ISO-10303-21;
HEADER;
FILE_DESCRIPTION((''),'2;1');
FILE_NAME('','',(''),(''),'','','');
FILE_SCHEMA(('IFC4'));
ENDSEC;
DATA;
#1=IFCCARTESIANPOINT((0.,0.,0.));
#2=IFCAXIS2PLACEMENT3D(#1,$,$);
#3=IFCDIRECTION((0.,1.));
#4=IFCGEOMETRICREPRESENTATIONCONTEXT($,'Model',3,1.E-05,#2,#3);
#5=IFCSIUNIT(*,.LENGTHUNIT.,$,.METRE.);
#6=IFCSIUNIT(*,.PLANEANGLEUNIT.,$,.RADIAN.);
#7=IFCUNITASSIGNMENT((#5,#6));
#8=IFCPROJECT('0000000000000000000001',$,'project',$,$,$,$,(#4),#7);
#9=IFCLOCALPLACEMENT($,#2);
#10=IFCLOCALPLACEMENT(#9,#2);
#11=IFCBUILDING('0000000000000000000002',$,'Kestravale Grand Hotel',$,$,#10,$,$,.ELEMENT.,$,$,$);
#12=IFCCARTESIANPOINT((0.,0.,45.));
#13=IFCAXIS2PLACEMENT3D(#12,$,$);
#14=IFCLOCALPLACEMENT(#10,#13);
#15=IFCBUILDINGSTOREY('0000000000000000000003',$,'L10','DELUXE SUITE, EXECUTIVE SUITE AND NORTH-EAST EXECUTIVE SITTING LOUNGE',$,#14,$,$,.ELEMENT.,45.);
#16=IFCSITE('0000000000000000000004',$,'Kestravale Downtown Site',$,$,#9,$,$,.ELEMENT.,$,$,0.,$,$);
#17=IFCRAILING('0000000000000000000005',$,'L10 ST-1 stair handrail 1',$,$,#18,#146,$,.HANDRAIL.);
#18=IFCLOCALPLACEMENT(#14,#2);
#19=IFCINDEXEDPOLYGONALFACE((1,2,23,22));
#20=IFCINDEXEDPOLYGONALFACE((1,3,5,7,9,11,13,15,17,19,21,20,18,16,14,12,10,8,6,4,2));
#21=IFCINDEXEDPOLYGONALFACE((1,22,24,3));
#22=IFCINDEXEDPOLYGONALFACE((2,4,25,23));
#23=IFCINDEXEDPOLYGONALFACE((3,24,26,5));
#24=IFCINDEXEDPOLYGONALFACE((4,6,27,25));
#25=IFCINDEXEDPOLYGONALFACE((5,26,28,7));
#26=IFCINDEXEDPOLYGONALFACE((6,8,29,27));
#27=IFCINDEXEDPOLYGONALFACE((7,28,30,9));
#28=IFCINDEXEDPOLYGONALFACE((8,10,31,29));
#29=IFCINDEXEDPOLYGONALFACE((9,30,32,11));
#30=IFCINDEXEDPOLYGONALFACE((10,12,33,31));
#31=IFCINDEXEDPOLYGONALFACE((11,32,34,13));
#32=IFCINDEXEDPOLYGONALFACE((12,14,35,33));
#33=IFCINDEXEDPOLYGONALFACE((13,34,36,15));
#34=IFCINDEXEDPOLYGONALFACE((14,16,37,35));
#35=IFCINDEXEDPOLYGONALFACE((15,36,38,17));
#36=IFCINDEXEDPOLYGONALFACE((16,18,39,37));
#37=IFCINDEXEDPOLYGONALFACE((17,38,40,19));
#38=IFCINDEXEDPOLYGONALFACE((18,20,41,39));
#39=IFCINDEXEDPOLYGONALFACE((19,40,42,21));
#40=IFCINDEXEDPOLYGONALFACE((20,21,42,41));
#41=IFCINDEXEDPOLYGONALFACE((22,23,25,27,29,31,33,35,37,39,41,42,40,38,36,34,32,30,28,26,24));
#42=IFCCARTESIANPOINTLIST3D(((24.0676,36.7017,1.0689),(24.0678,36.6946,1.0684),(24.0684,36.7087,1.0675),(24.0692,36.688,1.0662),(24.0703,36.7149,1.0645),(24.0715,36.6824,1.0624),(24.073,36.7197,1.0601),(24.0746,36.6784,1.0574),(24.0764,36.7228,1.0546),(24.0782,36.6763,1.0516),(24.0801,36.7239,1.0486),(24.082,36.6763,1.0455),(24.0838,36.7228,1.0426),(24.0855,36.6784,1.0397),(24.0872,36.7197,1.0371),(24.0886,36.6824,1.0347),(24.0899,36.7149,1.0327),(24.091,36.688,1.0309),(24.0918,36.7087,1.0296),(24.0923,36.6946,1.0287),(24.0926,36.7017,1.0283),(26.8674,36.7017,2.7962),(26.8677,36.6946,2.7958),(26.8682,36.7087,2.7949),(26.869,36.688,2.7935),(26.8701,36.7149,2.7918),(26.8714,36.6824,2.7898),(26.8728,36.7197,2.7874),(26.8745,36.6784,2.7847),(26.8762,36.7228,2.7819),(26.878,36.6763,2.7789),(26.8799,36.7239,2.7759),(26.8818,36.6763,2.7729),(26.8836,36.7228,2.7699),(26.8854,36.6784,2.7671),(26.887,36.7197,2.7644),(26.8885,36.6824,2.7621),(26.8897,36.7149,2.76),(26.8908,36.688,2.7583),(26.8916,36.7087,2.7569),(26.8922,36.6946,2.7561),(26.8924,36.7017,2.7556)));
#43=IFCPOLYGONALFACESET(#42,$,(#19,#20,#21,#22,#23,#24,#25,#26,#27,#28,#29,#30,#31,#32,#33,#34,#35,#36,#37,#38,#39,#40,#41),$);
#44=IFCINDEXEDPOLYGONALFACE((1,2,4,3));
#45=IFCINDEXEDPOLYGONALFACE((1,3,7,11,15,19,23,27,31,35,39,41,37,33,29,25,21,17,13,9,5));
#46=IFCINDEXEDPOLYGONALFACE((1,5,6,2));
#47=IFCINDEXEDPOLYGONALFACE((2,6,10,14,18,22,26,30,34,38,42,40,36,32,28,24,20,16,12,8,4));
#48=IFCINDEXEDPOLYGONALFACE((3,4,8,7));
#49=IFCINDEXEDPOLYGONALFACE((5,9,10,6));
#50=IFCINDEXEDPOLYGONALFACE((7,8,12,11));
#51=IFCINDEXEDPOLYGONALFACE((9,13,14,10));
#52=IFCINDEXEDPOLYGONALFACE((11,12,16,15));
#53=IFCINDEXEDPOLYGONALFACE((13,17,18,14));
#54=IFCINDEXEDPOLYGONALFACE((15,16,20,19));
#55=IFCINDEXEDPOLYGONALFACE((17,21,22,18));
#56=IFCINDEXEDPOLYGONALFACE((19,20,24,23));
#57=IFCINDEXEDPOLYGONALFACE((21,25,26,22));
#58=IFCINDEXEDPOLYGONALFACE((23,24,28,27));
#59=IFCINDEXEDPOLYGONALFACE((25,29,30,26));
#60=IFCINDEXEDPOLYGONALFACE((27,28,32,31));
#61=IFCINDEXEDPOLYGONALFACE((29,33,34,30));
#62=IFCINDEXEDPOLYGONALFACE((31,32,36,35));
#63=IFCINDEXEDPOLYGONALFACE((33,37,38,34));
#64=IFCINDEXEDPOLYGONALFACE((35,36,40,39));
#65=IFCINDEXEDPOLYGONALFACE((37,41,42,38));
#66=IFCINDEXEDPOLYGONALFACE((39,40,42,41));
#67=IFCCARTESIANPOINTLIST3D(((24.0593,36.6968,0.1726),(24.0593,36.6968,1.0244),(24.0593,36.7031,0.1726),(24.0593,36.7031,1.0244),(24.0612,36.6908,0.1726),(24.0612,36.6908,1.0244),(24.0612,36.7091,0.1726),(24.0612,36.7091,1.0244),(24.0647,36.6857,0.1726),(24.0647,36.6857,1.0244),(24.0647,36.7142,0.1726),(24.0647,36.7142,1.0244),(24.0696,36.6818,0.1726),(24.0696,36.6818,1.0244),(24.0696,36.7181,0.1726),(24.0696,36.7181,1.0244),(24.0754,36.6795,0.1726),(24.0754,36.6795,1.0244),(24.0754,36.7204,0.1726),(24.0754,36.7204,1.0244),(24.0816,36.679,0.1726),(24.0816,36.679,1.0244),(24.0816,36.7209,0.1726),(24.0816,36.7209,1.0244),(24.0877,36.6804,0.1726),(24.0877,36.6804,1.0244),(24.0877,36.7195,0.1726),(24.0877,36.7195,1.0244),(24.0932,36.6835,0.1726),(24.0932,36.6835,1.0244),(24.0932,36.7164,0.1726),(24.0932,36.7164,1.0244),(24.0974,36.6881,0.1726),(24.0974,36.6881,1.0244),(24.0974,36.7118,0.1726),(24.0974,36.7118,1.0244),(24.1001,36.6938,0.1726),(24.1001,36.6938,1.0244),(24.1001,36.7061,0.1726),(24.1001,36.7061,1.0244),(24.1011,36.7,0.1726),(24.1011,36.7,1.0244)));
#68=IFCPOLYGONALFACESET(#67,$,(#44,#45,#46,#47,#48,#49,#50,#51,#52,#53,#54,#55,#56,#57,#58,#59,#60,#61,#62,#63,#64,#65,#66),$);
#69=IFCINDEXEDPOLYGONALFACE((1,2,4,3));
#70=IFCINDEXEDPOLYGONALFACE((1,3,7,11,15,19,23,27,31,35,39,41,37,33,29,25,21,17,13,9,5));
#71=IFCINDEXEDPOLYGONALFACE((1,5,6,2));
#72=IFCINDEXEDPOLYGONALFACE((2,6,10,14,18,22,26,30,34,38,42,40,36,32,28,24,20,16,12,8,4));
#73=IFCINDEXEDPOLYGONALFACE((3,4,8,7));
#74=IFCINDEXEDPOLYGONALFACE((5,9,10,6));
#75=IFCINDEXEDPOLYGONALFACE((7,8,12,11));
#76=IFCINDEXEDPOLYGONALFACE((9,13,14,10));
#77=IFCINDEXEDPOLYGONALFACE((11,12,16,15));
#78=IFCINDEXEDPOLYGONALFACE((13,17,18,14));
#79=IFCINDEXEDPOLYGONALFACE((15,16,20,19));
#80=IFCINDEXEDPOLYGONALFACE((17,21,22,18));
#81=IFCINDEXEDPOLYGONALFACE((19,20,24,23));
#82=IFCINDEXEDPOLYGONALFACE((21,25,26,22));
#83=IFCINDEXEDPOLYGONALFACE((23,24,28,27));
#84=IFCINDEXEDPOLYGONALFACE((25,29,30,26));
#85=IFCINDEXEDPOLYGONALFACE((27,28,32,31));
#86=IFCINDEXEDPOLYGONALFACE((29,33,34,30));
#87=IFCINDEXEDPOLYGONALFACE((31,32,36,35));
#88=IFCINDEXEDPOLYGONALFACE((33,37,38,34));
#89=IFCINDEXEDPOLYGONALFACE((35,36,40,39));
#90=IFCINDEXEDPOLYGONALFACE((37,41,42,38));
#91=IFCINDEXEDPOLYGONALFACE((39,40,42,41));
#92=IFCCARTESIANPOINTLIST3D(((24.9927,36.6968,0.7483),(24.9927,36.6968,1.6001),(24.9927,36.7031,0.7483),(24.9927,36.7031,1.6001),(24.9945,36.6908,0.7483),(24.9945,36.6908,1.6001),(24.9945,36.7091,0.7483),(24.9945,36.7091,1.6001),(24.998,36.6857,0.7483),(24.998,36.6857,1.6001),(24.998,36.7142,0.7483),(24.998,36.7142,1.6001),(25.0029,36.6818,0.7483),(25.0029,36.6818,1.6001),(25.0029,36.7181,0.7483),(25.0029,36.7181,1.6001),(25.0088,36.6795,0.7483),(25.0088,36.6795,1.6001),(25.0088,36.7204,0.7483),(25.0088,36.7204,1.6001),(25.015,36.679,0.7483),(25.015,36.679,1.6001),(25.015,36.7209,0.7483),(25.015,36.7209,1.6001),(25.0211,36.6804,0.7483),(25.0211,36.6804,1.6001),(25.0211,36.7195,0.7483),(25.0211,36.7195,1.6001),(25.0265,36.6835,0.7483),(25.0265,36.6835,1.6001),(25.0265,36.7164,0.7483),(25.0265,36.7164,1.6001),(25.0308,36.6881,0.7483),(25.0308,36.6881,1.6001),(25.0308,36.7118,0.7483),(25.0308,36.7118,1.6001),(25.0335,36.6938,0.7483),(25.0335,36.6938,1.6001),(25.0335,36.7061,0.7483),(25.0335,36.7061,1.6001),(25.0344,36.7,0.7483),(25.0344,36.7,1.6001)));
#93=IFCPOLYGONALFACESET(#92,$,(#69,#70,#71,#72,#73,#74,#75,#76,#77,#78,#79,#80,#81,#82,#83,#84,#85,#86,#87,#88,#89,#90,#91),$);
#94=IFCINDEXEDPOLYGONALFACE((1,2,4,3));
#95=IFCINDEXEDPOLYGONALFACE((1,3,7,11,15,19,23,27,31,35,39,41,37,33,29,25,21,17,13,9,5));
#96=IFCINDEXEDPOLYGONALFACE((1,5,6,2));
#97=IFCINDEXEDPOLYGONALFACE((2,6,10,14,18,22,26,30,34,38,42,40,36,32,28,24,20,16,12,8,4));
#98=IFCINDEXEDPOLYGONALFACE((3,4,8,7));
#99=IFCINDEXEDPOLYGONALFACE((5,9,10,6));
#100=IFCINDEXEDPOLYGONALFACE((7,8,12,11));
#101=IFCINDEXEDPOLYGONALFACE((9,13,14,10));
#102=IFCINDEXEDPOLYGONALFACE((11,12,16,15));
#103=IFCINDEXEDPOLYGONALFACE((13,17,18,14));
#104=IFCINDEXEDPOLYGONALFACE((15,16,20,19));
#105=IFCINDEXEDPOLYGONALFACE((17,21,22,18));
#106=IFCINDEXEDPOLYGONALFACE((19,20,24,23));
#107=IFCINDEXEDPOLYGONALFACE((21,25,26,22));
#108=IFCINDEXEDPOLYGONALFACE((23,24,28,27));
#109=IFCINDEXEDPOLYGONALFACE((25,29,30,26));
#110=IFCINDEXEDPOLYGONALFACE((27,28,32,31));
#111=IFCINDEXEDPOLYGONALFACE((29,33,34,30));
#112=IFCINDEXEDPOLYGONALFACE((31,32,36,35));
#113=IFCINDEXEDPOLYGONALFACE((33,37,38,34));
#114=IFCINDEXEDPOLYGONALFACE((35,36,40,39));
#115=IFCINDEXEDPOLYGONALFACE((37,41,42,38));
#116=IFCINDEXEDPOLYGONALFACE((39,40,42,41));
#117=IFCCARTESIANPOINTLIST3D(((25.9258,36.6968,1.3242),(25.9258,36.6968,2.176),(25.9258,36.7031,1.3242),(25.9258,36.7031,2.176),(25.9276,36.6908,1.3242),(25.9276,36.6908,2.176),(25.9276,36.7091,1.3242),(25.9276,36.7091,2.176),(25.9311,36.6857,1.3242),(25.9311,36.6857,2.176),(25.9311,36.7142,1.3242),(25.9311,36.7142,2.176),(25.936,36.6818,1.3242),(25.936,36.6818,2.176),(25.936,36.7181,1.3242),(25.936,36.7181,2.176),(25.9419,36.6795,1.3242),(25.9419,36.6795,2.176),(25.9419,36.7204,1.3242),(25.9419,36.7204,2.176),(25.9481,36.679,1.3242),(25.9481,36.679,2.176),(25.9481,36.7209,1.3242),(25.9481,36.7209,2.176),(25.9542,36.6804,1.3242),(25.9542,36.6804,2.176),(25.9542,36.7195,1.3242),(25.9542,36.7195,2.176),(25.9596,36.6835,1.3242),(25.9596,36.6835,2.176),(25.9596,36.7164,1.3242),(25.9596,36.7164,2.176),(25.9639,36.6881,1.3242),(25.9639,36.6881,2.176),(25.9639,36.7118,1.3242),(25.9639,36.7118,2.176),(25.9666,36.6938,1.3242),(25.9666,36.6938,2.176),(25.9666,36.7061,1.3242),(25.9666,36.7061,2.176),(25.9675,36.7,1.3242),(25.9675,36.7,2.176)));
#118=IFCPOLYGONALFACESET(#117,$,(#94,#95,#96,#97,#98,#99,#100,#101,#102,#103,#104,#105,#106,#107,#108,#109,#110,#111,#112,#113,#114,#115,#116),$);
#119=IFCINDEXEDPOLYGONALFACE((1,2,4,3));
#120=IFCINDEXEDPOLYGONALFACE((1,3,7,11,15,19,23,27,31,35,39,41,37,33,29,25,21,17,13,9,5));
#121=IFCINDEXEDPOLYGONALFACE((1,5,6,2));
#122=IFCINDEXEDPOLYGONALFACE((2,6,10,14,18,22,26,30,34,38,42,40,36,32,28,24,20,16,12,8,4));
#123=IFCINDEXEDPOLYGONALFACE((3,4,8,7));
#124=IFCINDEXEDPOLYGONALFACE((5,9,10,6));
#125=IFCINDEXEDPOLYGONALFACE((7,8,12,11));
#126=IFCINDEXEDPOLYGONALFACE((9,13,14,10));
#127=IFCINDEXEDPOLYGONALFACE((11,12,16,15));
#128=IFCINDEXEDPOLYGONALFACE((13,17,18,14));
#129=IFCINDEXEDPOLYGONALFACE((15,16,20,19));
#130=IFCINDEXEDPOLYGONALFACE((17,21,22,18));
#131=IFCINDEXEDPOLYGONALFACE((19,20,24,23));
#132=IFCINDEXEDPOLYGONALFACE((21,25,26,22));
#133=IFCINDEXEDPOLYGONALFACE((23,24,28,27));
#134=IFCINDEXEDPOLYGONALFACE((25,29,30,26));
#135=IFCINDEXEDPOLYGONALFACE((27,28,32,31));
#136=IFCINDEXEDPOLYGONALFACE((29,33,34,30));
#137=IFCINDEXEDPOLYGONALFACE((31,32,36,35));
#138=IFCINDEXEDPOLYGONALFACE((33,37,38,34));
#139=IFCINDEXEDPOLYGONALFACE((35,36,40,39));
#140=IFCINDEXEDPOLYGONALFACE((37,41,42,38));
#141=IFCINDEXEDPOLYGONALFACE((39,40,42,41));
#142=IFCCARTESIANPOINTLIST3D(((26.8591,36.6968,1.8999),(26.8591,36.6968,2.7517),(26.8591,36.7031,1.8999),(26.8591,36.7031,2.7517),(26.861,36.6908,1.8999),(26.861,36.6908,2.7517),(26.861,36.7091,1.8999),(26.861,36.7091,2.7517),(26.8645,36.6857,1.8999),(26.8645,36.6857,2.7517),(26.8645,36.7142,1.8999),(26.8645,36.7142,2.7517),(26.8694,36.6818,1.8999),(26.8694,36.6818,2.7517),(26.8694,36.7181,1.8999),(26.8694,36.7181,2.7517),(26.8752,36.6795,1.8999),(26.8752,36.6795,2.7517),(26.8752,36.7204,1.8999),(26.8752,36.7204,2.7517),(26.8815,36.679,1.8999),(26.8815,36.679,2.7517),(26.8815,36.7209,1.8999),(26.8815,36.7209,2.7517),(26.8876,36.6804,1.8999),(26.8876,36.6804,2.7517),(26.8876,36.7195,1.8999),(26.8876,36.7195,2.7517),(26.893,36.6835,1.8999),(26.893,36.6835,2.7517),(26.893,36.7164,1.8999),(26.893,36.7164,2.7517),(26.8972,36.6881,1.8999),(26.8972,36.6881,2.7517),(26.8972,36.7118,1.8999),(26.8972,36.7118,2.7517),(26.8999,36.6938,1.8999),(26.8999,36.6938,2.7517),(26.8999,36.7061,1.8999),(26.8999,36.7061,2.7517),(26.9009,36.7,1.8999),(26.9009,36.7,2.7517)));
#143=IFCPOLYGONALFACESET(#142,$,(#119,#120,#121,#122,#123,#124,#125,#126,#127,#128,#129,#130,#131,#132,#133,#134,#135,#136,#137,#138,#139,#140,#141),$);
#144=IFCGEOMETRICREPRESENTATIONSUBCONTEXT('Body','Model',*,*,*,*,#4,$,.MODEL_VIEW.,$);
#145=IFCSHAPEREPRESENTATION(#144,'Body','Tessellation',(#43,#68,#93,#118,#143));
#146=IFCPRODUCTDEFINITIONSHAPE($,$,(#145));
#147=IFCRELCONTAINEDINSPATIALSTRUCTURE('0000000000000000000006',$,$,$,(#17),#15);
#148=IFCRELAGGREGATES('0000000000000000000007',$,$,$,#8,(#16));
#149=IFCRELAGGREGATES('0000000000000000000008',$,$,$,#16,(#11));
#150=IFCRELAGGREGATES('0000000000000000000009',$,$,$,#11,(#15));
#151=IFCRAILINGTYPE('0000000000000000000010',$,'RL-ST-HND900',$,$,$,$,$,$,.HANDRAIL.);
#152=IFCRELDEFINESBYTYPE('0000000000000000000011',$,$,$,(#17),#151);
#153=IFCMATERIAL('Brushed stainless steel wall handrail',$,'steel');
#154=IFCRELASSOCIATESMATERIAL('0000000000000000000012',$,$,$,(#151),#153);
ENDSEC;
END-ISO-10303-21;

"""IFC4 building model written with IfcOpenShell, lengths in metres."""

from ifc_helpers import new_model, si_unit, direction, frame, origin, origin_2d, place, context, subcontext, project, spatial, circle, extrude, material, type_object, element, save


model = new_model("IFC4")

# Units and contexts
model_context = context("Model", 3, precision=1e-05, world=origin(), true_north=direction((0.0, 1.0)))
body_context = subcontext(model_context, "Body", "Model", "MODEL_VIEW")
ifc_project = project(units=[si_unit("LENGTHUNIT", "METRE"), si_unit("PLANEANGLEUNIT", "RADIAN")], contexts=[model_context])

# Site, building, storey
site_placement = place(None, origin())
site = spatial("IfcSite", under=ifc_project, at=site_placement, Name="Kestravale Downtown Site", CompositionType="ELEMENT", RefElevation=0.0)
building_placement = place(site_placement, origin())
building = spatial("IfcBuilding", under=site, at=building_placement, Name="Kestravale Grand Hotel", CompositionType="ELEMENT")
storey_placement = place(building_placement, frame((0.0, 0.0, 45.0)))
storey = spatial("IfcBuildingStorey", under=building, at=storey_placement, Name="L10", Description="DELUXE SUITE, EXECUTIVE SUITE AND NORTH-EAST EXECUTIVE SITTING LOUNGE", CompositionType="ELEMENT", Elevation=45.0)

# Railing
ifc_material_1 = material(Name="Brushed stainless steel wall handrail", Category="steel")
railing_type_1 = type_object("IfcRailingType", Name="RL-ST-HND900", PredefinedType="HANDRAIL", material=ifc_material_1)
railing_1_placement = place(storey_placement, frame((24.0801, 36.7, 0.1726)))
element("IfcRailing", 1, at=railing_1_placement, inside=storey, type_object=railing_type_1, Name="L10 ST-1 stair handrail 1", PredefinedType="HANDRAIL", context=body_context, shape_type="SweptSolid", body=[
    extrude(circle(Radius=0.0239, at=origin_2d()), frame((0.0, 0.0, 0.876), z_axis=(0.851069, 0.0, 0.525054), x_axis=(0.0, 1.0, 0.0)), (0.0, 0.0, 1.0), 3.2898),
    extrude(circle(Radius=0.021, at=origin_2d()), origin(), (0.0, 0.0, 1.0), 0.8518),
    extrude(circle(Radius=0.021, at=origin_2d()), frame((0.9333, 0.0, 0.5757)), (0.0, 0.0, 1.0), 0.8518),
    extrude(circle(Radius=0.021, at=origin_2d()), frame((1.8665, 0.0, 1.1516)), (0.0, 0.0, 1.0), 0.8518),
    extrude(circle(Radius=0.021, at=origin_2d()), frame((2.7998, 0.0, 1.7273)), (0.0, 0.0, 1.0), 0.8518),
])

save(model, "model.ifc")
